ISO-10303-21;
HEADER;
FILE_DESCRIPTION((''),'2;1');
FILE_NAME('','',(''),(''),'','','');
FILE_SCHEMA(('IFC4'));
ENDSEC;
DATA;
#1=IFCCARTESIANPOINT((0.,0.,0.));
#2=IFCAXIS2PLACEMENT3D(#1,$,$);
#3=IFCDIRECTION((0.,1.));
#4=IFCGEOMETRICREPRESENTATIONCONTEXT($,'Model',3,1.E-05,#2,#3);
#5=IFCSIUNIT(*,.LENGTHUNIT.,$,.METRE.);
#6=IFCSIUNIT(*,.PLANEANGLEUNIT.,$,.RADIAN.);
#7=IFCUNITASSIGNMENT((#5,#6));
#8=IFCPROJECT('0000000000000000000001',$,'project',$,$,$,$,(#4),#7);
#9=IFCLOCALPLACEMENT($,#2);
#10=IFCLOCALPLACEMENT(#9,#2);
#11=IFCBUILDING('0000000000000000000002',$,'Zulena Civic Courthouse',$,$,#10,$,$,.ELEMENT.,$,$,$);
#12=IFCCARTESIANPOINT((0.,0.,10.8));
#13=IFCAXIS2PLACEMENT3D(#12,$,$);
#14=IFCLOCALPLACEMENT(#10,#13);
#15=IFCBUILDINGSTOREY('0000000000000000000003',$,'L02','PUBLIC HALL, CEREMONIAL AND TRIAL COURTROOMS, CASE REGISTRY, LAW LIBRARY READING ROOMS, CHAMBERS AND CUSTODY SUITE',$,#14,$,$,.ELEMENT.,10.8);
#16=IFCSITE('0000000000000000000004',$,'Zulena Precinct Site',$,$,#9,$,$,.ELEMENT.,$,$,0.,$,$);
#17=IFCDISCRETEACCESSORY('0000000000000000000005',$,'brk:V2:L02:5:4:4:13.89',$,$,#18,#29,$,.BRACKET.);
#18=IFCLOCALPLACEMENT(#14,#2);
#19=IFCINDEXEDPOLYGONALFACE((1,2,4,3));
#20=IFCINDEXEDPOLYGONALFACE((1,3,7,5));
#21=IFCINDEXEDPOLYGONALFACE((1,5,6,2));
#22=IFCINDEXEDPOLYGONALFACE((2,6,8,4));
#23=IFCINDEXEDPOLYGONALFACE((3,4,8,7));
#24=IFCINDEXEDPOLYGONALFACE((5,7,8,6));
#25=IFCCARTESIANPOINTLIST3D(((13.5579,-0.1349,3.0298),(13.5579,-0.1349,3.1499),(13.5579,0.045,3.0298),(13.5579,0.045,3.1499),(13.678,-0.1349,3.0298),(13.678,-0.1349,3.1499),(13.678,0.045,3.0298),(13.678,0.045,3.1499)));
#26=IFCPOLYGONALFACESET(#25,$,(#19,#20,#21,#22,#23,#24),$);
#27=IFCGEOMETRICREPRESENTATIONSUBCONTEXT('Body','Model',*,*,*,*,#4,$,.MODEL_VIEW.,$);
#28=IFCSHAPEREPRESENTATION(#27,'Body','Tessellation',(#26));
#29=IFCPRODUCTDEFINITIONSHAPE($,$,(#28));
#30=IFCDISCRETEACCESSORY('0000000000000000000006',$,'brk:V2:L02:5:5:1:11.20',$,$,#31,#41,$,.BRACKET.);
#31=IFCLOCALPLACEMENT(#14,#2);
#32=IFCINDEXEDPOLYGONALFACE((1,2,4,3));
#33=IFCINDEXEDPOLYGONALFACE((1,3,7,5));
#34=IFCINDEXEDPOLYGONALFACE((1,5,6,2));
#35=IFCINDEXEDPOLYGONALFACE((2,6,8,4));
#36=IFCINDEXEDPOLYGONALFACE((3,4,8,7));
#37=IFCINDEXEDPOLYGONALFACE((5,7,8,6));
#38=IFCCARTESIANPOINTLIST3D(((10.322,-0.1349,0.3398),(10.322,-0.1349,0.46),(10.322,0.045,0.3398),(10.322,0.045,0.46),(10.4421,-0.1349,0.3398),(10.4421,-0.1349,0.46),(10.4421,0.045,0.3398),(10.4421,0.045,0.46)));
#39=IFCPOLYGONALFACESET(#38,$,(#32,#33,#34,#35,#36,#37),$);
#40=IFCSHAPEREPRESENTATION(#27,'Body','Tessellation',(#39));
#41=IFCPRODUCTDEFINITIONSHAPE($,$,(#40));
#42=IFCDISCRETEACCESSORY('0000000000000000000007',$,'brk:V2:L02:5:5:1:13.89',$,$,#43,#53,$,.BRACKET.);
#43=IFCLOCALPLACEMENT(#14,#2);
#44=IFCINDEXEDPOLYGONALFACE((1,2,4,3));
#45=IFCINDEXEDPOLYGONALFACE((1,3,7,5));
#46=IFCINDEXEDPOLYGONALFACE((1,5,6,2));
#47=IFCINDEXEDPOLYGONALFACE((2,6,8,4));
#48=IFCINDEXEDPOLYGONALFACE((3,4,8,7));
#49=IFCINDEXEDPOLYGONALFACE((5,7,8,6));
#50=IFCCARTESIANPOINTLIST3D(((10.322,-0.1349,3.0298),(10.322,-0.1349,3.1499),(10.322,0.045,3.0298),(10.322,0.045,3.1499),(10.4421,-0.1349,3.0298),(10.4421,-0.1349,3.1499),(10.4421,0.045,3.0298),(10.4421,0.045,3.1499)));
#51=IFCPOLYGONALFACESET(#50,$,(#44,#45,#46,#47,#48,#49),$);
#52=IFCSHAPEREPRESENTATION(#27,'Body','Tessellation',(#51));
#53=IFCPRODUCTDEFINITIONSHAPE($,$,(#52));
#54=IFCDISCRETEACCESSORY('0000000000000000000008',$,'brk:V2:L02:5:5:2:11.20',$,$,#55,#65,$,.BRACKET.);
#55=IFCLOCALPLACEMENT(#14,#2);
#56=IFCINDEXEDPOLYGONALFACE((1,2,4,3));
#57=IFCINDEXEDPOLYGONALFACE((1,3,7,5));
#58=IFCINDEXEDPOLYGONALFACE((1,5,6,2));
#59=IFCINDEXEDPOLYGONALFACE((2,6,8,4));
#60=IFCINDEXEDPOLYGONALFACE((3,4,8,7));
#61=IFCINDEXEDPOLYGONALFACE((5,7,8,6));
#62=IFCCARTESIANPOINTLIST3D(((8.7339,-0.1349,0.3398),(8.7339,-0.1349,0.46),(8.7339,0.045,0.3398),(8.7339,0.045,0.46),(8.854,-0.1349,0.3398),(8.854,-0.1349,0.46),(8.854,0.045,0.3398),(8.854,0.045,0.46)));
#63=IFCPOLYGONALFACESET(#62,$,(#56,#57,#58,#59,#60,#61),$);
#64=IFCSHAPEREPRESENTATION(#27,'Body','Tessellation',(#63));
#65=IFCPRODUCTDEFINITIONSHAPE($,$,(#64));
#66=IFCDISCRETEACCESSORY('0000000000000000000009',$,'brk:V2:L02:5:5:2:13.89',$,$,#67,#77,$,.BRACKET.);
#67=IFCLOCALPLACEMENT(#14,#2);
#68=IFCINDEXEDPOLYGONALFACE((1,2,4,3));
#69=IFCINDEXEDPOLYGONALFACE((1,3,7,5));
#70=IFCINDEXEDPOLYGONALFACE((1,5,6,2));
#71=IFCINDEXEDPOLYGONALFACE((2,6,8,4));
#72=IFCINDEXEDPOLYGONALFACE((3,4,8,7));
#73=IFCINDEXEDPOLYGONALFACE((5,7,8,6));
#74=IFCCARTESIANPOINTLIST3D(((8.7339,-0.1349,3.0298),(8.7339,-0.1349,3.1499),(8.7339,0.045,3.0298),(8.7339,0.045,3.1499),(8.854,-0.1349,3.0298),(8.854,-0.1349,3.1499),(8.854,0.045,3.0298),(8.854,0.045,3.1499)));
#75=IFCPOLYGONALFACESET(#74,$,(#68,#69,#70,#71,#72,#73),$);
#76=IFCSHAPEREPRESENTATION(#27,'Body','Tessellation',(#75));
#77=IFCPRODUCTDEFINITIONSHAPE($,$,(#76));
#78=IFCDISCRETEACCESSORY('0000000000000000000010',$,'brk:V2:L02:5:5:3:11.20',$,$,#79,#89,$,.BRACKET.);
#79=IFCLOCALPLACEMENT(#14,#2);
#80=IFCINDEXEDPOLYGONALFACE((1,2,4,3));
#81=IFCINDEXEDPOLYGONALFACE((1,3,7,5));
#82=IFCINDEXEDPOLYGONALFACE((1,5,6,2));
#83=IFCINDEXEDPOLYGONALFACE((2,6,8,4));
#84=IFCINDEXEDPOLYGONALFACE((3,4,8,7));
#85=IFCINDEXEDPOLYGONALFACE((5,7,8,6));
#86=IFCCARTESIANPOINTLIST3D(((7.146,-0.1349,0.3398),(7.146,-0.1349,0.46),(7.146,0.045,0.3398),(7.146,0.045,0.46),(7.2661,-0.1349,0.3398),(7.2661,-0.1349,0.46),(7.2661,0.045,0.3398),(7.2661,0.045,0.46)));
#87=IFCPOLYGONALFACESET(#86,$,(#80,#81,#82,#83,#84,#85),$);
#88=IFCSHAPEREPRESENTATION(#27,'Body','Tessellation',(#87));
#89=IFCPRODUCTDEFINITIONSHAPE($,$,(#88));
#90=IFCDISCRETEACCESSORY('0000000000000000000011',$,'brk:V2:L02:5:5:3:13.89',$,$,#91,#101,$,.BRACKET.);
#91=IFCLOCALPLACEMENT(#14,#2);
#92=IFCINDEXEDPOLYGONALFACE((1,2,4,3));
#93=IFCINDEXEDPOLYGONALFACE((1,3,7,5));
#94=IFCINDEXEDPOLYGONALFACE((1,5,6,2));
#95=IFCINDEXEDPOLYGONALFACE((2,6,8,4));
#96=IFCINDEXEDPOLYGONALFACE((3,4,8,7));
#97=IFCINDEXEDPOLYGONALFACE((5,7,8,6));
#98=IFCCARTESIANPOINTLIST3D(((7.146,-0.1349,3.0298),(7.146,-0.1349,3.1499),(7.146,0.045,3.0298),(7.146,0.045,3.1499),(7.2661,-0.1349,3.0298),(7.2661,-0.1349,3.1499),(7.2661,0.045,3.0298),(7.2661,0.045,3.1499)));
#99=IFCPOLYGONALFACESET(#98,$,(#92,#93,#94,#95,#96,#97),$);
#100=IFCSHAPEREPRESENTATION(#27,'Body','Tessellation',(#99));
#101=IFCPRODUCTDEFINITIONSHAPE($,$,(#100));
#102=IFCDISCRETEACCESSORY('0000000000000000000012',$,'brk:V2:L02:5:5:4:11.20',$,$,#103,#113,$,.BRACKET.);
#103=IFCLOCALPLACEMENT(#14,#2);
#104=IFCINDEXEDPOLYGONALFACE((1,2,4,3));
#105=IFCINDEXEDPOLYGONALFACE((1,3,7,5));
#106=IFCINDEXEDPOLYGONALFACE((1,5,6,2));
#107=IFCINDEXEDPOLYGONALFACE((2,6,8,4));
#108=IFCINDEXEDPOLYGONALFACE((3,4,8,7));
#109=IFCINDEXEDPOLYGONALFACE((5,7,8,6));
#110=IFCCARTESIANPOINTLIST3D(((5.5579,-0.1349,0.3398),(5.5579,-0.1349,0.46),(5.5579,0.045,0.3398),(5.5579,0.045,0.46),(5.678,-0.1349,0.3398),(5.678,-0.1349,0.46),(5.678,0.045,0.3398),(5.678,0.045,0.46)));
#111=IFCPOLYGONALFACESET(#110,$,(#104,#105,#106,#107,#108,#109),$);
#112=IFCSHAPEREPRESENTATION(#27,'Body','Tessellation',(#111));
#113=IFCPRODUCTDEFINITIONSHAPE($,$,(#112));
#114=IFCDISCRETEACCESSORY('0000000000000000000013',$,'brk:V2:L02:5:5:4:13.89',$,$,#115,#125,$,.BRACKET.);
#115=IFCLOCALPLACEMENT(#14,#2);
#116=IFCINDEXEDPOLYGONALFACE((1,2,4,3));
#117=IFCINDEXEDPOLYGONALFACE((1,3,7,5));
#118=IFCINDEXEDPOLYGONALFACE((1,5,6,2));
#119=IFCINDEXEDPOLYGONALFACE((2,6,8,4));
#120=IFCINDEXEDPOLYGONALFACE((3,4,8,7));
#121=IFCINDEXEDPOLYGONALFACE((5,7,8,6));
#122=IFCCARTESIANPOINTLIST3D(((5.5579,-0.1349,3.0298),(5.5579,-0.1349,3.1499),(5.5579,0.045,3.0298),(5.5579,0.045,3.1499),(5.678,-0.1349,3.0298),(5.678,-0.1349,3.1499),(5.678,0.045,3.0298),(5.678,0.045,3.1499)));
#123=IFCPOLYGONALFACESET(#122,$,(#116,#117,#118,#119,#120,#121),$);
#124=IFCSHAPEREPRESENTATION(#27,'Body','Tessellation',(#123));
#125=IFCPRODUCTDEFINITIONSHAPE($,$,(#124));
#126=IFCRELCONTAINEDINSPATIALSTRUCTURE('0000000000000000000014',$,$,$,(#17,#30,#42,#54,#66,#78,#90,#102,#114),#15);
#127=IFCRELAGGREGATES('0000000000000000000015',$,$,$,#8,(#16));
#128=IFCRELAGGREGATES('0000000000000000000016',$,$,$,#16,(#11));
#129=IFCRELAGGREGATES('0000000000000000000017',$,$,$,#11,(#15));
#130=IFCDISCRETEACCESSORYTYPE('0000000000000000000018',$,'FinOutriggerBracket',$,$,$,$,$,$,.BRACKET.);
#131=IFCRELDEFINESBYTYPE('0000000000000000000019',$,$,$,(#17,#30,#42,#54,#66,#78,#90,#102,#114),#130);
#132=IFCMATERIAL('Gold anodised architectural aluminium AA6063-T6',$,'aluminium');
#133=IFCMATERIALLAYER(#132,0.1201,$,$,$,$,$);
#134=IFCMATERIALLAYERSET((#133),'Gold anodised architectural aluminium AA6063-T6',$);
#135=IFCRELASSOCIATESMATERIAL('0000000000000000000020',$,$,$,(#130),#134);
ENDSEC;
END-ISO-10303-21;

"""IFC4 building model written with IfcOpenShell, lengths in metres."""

from ifc_helpers import new_model, si_unit, direction, frame, origin, origin_2d, place, context, subcontext, project, spatial, rectangle, extrude, material, layer, layer_set, type_object, element, save


model = new_model("IFC4")

# Units and contexts
model_context = context("Model", 3, precision=1e-05, world=origin(), true_north=direction((0.0, 1.0)))
body_context = subcontext(model_context, "Body", "Model", "MODEL_VIEW")
ifc_project = project(units=[si_unit("LENGTHUNIT", "METRE"), si_unit("PLANEANGLEUNIT", "RADIAN")], contexts=[model_context])

# Site, building, storey
site_placement = place(None, origin())
site = spatial("IfcSite", under=ifc_project, at=site_placement, Name="Zulena Precinct Site", CompositionType="ELEMENT", RefElevation=0.0)
building_placement = place(site_placement, origin())
building = spatial("IfcBuilding", under=site, at=building_placement, Name="Zulena Civic Courthouse", CompositionType="ELEMENT")
storey_placement = place(building_placement, frame((0.0, 0.0, 10.8)))
storey = spatial("IfcBuildingStorey", under=building, at=storey_placement, Name="L02", Description="PUBLIC HALL, CEREMONIAL AND TRIAL COURTROOMS, CASE REGISTRY, LAW LIBRARY READING ROOMS, CHAMBERS AND CUSTODY SUITE", CompositionType="ELEMENT", Elevation=10.8)

# Shared definitions
ifc_material_1 = material(Name="Gold anodised architectural aluminium AA6063-T6", Category="aluminium")

# Discrete accessories
ifc_layer_1 = layer(ifc_material_1, 0.1201)
ifc_layer_set_1 = layer_set([ifc_layer_1], Name="Gold anodised architectural aluminium AA6063-T6")
discrete_accessory_type = type_object("IfcDiscreteAccessoryType", Name="FinOutriggerBracket", PredefinedType="BRACKET", material=ifc_layer_set_1)
for number, where, z_axis, x_axis, name in (
    (1, (13.6179, -0.0449, 3.0298), (0.0, 0.0, 1.0), (0.0, -1.0, 0.0), "brk:V2:L02:5:4:4:13.89"),
    (2, (10.3821, -0.0449, 0.3398), (0.0, 0.0, 1.0), (0.0, -1.0, 0.0), "brk:V2:L02:5:5:1:11.20"),
    (3, (10.3821, -0.0449, 3.0298), (0.0, 0.0, 1.0), (0.0, -1.0, 0.0), "brk:V2:L02:5:5:1:13.89"),
    (4, (8.7939, -0.0449, 0.3398), (0.0, 0.0, 1.0), (0.0, -1.0, 0.0), "brk:V2:L02:5:5:2:11.20"),
    (5, (8.7939, -0.0449, 3.0298), (0.0, 0.0, 1.0), (0.0, -1.0, 0.0), "brk:V2:L02:5:5:2:13.89"),
    (6, (7.2061, -0.0449, 0.3398), (0.0, 0.0, 1.0), (0.0, -1.0, 0.0), "brk:V2:L02:5:5:3:11.20"),
    (7, (7.2061, -0.0449, 3.0298), (0.0, 0.0, 1.0), (0.0, -1.0, 0.0), "brk:V2:L02:5:5:3:13.89"),
    (8, (5.6179, -0.0449, 0.3398), (0.0, 0.0, 1.0), (0.0, -1.0, 0.0), "brk:V2:L02:5:5:4:11.20"),
    (9, (5.6179, -0.0449, 3.0298), (0.0, 0.0, 1.0), (0.0, -1.0, 0.0), "brk:V2:L02:5:5:4:13.89"),
):
    element("IfcDiscreteAccessory", number, at=place(storey_placement, frame(where, z_axis=z_axis, x_axis=x_axis)), inside=storey, type_object=discrete_accessory_type, Name=name, PredefinedType="BRACKET", context=body_context, shape_type="SweptSolid", body=[
        extrude(rectangle(XDim=0.1799, YDim=0.1201, at=origin_2d()), origin(), (0.0, 0.0, 1.0), 0.1201),
    ])

save(model, "model.ifc")
